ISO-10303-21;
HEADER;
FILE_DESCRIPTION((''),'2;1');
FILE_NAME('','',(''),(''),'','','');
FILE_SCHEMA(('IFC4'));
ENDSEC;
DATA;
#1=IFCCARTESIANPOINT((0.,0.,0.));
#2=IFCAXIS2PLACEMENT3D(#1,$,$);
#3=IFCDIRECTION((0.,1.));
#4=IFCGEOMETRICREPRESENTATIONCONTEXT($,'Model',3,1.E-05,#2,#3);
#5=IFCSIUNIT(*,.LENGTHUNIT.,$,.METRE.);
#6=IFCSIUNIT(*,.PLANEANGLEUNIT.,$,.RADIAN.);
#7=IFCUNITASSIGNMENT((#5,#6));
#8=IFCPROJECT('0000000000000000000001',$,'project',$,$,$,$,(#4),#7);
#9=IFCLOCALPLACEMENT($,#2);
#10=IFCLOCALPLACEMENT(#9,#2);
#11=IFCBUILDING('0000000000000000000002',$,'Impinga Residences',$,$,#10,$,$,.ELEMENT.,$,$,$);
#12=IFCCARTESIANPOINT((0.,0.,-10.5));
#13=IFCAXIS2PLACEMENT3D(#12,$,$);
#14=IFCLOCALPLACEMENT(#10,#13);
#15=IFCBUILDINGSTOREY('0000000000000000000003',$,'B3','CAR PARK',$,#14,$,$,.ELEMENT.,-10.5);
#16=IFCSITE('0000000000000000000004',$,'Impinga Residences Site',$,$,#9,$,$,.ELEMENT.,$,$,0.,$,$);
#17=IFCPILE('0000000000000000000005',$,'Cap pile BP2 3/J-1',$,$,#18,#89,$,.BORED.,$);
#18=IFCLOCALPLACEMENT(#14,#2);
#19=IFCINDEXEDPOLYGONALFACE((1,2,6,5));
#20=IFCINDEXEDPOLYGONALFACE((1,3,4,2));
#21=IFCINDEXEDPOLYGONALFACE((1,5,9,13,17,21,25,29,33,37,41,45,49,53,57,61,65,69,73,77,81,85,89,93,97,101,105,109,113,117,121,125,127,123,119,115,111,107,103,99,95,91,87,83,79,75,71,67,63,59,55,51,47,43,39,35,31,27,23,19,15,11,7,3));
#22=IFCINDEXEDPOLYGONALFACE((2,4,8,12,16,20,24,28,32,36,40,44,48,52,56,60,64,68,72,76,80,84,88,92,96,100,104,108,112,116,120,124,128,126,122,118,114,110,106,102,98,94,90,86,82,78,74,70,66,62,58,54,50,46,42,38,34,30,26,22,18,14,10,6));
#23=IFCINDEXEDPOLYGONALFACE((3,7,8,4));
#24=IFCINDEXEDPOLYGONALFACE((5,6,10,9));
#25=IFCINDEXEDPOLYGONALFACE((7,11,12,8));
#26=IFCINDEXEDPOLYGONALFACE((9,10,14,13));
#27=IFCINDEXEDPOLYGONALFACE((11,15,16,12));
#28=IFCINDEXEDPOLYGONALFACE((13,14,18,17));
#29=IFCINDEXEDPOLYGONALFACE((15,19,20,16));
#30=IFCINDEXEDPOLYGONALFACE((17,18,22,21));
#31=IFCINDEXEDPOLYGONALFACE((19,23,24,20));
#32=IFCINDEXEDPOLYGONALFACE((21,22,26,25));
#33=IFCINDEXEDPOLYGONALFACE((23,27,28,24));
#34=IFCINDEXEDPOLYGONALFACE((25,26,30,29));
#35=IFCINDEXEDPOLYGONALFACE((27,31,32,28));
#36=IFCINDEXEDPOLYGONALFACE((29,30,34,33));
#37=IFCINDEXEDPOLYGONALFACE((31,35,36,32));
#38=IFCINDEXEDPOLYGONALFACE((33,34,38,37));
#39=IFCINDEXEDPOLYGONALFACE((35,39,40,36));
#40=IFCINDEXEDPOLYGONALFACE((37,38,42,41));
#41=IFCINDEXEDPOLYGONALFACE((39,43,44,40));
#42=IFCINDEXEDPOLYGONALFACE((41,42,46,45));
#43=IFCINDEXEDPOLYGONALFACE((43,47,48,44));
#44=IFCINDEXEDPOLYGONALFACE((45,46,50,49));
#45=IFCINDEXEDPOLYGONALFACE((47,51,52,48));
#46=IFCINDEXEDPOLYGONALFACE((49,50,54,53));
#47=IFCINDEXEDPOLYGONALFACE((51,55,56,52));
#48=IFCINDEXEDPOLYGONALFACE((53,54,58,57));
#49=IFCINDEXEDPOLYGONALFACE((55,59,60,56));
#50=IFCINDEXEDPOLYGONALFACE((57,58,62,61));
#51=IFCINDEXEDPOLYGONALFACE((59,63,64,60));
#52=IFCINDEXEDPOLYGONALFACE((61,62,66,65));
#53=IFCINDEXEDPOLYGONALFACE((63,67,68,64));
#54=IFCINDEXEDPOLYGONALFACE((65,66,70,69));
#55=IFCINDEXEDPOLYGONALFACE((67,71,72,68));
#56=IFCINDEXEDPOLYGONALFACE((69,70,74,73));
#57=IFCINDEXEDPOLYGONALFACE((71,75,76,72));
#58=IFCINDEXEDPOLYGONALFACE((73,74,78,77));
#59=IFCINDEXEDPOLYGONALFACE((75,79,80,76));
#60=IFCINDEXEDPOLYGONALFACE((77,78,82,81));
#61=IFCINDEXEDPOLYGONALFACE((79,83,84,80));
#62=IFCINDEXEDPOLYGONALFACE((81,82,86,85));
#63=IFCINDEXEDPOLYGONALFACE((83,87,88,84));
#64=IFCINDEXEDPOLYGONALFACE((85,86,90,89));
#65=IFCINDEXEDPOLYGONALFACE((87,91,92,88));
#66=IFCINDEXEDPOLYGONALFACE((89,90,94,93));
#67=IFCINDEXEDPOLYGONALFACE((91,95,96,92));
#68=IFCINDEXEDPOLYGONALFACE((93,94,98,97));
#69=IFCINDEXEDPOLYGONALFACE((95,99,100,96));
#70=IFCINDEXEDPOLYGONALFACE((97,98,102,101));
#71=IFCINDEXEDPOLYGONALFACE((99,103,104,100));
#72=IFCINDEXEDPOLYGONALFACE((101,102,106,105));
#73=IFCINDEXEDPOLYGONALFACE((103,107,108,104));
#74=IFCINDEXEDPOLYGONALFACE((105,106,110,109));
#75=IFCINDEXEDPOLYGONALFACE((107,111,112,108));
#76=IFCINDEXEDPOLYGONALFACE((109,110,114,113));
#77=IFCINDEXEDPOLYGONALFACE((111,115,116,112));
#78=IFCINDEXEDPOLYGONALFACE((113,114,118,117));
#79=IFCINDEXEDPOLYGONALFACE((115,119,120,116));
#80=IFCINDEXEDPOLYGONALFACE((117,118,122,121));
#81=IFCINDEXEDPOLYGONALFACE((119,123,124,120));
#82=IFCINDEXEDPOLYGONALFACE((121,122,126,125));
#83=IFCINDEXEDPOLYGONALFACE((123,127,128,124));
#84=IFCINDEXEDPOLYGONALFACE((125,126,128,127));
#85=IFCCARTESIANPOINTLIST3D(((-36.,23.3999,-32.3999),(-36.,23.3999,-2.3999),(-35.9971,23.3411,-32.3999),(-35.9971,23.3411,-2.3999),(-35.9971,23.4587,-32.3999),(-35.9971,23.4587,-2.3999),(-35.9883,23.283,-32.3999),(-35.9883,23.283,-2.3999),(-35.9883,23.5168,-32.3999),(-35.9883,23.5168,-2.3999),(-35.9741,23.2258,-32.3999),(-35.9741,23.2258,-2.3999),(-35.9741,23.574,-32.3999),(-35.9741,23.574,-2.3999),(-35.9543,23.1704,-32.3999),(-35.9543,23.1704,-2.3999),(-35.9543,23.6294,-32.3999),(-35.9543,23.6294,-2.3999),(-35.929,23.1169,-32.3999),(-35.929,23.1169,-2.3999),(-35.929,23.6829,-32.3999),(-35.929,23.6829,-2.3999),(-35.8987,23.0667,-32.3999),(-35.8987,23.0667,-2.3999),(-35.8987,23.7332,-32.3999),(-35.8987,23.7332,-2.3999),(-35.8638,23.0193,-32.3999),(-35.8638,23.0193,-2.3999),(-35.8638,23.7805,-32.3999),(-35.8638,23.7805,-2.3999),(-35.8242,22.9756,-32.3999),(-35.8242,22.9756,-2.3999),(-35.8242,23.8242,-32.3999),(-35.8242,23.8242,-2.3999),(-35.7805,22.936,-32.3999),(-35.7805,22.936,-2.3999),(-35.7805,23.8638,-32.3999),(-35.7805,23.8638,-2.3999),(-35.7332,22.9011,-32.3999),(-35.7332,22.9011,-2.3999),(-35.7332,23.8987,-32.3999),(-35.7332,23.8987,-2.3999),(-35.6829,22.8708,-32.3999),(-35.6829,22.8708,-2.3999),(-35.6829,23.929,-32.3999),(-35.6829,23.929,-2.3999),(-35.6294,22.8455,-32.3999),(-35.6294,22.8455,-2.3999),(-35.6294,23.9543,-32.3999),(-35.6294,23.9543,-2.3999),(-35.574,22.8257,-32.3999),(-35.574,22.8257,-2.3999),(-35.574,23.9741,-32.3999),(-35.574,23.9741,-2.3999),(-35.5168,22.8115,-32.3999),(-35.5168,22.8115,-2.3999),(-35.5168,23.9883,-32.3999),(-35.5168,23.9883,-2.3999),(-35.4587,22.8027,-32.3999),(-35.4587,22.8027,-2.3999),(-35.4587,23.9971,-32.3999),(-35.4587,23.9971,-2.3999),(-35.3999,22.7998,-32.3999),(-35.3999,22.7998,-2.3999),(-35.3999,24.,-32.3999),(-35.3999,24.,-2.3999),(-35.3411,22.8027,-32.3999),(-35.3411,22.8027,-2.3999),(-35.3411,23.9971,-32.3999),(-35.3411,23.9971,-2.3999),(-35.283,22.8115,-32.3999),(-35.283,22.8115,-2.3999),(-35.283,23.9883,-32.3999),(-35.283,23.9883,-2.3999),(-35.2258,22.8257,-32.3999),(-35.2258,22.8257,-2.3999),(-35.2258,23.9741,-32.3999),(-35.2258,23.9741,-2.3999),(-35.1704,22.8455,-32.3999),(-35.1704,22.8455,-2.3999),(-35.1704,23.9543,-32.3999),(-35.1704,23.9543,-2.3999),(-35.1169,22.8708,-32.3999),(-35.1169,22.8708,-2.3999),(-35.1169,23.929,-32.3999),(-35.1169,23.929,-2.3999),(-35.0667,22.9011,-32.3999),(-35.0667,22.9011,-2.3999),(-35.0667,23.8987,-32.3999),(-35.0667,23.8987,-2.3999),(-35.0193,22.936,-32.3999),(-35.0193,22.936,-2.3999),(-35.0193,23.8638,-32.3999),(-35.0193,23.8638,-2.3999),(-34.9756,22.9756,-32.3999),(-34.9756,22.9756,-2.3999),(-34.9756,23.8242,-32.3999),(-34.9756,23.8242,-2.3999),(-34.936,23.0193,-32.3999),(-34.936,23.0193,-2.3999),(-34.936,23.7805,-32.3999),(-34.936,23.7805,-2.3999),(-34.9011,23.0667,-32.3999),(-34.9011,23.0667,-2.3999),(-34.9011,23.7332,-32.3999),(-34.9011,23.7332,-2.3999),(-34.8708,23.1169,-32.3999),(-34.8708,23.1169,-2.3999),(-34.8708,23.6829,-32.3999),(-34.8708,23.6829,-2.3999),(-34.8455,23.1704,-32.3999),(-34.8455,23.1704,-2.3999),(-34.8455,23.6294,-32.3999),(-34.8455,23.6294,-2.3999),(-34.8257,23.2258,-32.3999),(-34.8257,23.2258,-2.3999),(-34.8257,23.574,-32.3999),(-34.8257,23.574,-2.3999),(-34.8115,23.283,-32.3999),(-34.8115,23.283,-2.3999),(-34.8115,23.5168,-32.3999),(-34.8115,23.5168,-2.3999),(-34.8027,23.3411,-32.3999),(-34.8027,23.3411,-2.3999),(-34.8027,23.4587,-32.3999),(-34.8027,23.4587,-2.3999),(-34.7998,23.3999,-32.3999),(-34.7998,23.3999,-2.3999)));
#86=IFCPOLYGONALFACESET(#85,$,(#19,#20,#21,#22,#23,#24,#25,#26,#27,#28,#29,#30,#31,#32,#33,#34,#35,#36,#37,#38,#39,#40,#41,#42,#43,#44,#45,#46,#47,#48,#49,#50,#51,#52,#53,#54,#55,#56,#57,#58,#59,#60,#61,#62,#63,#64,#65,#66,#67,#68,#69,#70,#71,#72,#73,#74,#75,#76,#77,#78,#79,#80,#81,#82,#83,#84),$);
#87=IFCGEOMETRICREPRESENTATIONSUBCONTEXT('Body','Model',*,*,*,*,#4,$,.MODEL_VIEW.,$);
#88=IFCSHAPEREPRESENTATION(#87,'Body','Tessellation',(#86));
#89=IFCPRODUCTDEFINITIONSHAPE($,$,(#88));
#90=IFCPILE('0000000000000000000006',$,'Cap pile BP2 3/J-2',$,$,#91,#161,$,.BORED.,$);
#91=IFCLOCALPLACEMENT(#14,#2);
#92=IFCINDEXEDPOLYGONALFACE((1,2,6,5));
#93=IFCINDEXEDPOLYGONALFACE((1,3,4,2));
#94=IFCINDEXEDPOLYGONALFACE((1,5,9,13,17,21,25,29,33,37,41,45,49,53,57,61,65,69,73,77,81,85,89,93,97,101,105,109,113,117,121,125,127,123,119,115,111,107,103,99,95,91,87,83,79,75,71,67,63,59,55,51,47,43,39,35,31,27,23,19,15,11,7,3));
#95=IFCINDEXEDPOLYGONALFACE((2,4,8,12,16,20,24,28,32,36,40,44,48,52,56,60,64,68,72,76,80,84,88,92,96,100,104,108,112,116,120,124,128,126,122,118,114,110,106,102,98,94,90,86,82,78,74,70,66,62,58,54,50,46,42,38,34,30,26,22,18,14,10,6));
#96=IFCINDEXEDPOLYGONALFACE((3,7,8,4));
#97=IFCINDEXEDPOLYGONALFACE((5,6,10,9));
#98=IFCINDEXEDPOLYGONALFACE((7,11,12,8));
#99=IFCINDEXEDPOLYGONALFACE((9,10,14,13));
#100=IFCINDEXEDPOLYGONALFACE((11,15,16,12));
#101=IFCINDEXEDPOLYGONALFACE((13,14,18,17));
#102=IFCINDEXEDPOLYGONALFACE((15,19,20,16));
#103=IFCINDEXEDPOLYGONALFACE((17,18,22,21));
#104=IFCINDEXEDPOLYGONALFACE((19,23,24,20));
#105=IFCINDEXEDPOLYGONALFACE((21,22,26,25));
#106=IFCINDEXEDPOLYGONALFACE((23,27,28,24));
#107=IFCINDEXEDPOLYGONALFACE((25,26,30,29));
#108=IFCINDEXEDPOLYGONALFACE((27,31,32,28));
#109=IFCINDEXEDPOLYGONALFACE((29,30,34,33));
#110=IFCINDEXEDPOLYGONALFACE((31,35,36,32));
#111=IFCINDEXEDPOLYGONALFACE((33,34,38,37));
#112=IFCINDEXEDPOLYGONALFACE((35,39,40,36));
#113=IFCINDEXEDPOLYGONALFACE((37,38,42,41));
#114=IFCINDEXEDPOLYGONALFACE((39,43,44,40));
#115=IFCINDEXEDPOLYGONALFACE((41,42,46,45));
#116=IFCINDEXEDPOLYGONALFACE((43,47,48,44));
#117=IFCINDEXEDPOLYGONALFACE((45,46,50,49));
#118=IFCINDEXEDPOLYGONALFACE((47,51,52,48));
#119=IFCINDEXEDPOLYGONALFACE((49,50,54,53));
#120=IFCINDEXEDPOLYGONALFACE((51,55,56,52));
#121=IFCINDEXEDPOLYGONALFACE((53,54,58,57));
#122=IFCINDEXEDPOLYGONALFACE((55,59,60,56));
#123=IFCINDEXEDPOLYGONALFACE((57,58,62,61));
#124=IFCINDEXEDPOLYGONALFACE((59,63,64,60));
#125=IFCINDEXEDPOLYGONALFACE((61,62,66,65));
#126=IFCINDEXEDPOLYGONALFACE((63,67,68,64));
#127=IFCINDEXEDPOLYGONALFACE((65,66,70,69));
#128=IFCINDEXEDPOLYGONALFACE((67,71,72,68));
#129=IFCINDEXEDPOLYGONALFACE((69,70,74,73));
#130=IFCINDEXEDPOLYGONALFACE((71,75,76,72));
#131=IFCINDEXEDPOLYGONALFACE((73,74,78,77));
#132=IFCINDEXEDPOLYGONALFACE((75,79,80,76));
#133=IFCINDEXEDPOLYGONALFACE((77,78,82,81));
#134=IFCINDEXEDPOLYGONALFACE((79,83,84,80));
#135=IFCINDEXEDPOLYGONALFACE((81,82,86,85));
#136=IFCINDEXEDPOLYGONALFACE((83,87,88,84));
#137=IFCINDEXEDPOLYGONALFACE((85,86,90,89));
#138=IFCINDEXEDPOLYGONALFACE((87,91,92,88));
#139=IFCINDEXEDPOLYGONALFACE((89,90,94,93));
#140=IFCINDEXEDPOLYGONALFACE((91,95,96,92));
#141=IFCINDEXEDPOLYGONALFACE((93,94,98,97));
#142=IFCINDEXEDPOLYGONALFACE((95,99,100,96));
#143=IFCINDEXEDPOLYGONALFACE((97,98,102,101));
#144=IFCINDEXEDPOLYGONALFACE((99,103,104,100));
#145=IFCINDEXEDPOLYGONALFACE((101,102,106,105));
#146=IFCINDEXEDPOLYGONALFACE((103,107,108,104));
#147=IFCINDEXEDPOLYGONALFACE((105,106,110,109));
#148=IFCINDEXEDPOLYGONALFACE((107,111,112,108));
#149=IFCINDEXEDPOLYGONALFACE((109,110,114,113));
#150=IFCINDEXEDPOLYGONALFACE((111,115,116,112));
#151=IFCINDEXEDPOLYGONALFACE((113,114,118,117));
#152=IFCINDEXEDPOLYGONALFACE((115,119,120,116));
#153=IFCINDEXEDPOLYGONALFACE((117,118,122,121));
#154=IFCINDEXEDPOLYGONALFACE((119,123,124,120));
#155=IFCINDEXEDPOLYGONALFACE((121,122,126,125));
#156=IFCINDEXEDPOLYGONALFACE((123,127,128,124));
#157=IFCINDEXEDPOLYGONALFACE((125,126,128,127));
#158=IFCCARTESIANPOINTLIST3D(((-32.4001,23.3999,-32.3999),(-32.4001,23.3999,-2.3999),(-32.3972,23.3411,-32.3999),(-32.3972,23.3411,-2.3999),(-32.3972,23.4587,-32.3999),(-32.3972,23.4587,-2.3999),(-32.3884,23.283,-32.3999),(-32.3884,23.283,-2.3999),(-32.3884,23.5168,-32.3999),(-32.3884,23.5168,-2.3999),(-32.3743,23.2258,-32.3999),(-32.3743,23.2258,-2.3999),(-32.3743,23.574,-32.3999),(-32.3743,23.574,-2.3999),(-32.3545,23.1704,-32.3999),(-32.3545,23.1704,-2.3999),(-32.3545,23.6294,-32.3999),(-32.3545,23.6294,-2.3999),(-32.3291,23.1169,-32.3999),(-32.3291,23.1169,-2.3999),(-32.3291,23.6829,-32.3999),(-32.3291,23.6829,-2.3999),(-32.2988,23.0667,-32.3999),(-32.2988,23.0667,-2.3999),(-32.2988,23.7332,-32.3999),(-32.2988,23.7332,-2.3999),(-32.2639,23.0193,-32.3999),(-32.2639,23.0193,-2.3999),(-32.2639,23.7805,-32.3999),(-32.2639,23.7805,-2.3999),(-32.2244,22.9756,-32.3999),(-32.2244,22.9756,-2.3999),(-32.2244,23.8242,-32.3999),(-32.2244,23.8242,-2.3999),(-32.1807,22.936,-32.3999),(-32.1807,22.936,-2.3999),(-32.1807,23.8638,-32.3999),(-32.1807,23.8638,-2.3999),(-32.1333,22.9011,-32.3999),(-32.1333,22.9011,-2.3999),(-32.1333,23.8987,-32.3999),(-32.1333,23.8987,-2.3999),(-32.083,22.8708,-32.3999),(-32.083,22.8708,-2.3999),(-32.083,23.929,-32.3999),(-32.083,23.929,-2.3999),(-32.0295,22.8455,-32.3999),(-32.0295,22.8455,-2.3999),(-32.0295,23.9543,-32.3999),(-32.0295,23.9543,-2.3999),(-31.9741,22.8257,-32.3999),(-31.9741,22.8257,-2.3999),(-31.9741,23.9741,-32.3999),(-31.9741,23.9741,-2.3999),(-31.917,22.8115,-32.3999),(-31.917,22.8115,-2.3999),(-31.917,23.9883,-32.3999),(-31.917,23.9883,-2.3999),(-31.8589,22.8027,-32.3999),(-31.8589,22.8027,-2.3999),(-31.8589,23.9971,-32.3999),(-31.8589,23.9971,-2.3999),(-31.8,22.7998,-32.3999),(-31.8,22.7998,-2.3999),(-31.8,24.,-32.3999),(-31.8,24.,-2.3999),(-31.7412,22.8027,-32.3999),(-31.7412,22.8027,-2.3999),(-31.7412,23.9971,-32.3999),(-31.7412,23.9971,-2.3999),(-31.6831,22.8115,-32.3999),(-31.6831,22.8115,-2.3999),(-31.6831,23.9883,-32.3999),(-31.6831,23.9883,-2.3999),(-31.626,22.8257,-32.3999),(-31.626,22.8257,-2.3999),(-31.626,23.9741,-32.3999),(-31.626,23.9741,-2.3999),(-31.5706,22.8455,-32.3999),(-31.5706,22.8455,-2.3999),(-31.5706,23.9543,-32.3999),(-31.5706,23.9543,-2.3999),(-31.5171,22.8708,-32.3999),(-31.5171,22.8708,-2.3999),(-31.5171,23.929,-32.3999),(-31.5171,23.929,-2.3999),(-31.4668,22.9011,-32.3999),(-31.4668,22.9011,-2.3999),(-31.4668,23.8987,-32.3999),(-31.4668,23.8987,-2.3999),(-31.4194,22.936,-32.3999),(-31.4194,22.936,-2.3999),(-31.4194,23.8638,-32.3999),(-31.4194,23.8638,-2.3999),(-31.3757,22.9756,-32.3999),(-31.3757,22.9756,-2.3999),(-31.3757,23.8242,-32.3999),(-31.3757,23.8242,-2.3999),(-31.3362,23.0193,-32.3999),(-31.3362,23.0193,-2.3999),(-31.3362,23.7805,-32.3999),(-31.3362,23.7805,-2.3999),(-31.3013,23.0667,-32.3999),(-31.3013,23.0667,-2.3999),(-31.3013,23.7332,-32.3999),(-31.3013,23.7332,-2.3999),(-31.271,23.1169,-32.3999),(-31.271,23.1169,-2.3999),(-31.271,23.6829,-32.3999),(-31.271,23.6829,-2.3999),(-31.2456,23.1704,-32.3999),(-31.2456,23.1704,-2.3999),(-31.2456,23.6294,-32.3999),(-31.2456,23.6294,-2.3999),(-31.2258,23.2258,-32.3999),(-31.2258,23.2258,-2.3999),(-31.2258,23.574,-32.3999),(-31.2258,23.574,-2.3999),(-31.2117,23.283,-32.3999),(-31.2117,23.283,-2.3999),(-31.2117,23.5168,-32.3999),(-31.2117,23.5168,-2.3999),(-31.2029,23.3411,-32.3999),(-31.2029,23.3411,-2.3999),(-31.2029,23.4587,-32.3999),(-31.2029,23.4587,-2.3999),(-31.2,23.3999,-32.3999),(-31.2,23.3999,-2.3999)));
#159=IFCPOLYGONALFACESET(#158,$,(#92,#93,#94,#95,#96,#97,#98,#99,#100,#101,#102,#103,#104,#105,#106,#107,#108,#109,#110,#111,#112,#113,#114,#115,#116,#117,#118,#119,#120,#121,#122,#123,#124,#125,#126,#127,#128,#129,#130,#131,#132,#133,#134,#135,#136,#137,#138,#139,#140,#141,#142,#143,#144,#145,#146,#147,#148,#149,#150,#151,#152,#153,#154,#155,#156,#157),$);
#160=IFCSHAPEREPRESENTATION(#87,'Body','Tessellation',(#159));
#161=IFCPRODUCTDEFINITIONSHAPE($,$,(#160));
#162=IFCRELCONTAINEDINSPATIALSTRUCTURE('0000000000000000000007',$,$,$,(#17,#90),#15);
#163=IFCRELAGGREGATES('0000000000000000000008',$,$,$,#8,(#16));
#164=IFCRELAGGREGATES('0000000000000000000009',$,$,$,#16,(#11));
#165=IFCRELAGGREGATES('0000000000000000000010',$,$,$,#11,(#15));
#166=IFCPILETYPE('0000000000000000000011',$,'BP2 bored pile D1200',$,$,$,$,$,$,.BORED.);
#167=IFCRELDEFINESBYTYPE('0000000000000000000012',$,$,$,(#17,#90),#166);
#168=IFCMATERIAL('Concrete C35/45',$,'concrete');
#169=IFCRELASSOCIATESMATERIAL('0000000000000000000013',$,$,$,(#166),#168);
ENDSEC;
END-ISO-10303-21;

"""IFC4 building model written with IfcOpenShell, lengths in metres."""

from ifc_helpers import new_model, si_unit, direction, frame, origin, origin_2d, place, context, subcontext, project, spatial, polyline, circle, outline, extrude, material, material_profile, profile_set, type_object, element, save


model = new_model("IFC4")

# Units and contexts
model_context = context("Model", 3, precision=1e-05, world=origin(), true_north=direction((0.0, 1.0)))
body_context = subcontext(model_context, "Body", "Model", "MODEL_VIEW")
ifc_project = project(units=[si_unit("LENGTHUNIT", "METRE"), si_unit("PLANEANGLEUNIT", "RADIAN")], contexts=[model_context])

# Site, building, storey
site_placement = place(None, origin())
site = spatial("IfcSite", under=ifc_project, at=site_placement, Name="Impinga Residences Site", CompositionType="ELEMENT", RefElevation=0.0)
building_placement = place(site_placement, origin())
building = spatial("IfcBuilding", under=site, at=building_placement, Name="Impinga Residences", CompositionType="ELEMENT")
storey_placement = place(building_placement, frame((0.0, 0.0, -10.5)))
storey = spatial("IfcBuildingStorey", under=building, at=storey_placement, Name="B3", Description="CAR PARK", CompositionType="ELEMENT", Elevation=-10.5)

# Piles
ifc_material_1 = material(Name="Concrete C35/45", Category="concrete")
ifc_material_profile_1 = material_profile(ifc_material_1, circle(Radius=0.6001, at=origin_2d()), Name="D1200")
ifc_profile_set_1 = profile_set([ifc_material_profile_1], Name="Concrete C35/45")
pile_type = type_object("IfcPileType", Name="BP2 bored pile D1200", PredefinedType="BORED", material=ifc_profile_set_1)
pile_1_placement = place(storey_placement, frame((-35.3999, 23.3999, -2.3999), z_axis=(0.0, 0.0, -1.0), x_axis=(1.0, 0.0, 0.0)))
element("IfcPile", 1, at=pile_1_placement, inside=storey, type_object=pile_type, Name="Cap pile BP2 3/J-1", PredefinedType="BORED", context=body_context, shape_type="SweptSolid", body=[
    extrude(outline(polyline([(0.6001, 0.0), (0.5972, 0.0588), (0.5884, 0.1169), (0.5742, 0.1741), (0.5544, 0.2295), (0.5291, 0.283), (0.4988, 0.3333), (0.4639, 0.3806), (0.4243, 0.4243), (0.3806, 0.4639), (0.3333, 0.4988), (0.283, 0.5291), (0.2295, 0.5544), (0.1741, 0.5742), (0.1169, 0.5884), (0.0588, 0.5972), (0.0, 0.6001), (-0.0588, 0.5972), (-0.1169, 0.5884), (-0.1741, 0.5742), (-0.2295, 0.5544), (-0.283, 0.5291), (-0.3333, 0.4988), (-0.3806, 0.4639), (-0.4243, 0.4243), (-0.4639, 0.3806), (-0.4988, 0.3333), (-0.5291, 0.283), (-0.5544, 0.2295), (-0.5742, 0.1741), (-0.5884, 0.1169), (-0.5972, 0.0588), (-0.6001, 0.0), (-0.5972, -0.0588), (-0.5884, -0.1169), (-0.5742, -0.1741), (-0.5544, -0.2295), (-0.5291, -0.283), (-0.4988, -0.3333), (-0.4639, -0.3806), (-0.4243, -0.4243), (-0.3806, -0.4639), (-0.3333, -0.4988), (-0.283, -0.5291), (-0.2295, -0.5544), (-0.1741, -0.5742), (-0.1169, -0.5884), (-0.0588, -0.5972), (0.0, -0.6001), (0.0588, -0.5972), (0.1169, -0.5884), (0.1741, -0.5742), (0.2295, -0.5544), (0.283, -0.5291), (0.3333, -0.4988), (0.3806, -0.4639), (0.4243, -0.4243), (0.4639, -0.3806), (0.4988, -0.3333), (0.5291, -0.283), (0.5544, -0.2295), (0.5742, -0.1741), (0.5884, -0.1169), (0.5972, -0.0588), (0.6001, 0.0)])), origin(), (0.0, 0.0, 1.0), 30.0),
])
pile_2_placement = place(storey_placement, frame((-31.8, 23.3999, -2.3999), z_axis=(0.0, 0.0, -1.0), x_axis=(1.0, 0.0, 0.0)))
element("IfcPile", 2, at=pile_2_placement, inside=storey, type_object=pile_type, Name="Cap pile BP2 3/J-2", PredefinedType="BORED", context=body_context, shape_type="SweptSolid", body=[
    extrude(outline(polyline([(0.6001, 0.0), (0.5972, 0.0588), (0.5884, 0.1169), (0.5742, 0.1741), (0.5544, 0.2295), (0.5291, 0.283), (0.4988, 0.3333), (0.4639, 0.3806), (0.4243, 0.4243), (0.3806, 0.4639), (0.3333, 0.4988), (0.283, 0.5291), (0.2295, 0.5544), (0.1741, 0.5742), (0.1169, 0.5884), (0.0588, 0.5972), (0.0, 0.6001), (-0.0588, 0.5972), (-0.1169, 0.5884), (-0.1741, 0.5742), (-0.2295, 0.5544), (-0.283, 0.5291), (-0.3333, 0.4988), (-0.3806, 0.4639), (-0.4243, 0.4243), (-0.4639, 0.3806), (-0.4988, 0.3333), (-0.5291, 0.283), (-0.5544, 0.2295), (-0.5742, 0.1741), (-0.5884, 0.1169), (-0.5972, 0.0588), (-0.6001, 0.0), (-0.5972, -0.0588), (-0.5884, -0.1169), (-0.5742, -0.1741), (-0.5544, -0.2295), (-0.5291, -0.283), (-0.4988, -0.3333), (-0.4639, -0.3806), (-0.4243, -0.4243), (-0.3806, -0.4639), (-0.3333, -0.4988), (-0.283, -0.5291), (-0.2295, -0.5544), (-0.1741, -0.5742), (-0.1169, -0.5884), (-0.0588, -0.5972), (0.0, -0.6001), (0.0588, -0.5972), (0.1169, -0.5884), (0.1741, -0.5742), (0.2295, -0.5544), (0.283, -0.5291), (0.3333, -0.4988), (0.3806, -0.4639), (0.4243, -0.4243), (0.4639, -0.3806), (0.4988, -0.3333), (0.5291, -0.283), (0.5544, -0.2295), (0.5742, -0.1741), (0.5884, -0.1169), (0.5972, -0.0588), (0.6001, 0.0)])), origin(), (0.0, 0.0, 1.0), 30.0),
])

save(model, "model.ifc")
